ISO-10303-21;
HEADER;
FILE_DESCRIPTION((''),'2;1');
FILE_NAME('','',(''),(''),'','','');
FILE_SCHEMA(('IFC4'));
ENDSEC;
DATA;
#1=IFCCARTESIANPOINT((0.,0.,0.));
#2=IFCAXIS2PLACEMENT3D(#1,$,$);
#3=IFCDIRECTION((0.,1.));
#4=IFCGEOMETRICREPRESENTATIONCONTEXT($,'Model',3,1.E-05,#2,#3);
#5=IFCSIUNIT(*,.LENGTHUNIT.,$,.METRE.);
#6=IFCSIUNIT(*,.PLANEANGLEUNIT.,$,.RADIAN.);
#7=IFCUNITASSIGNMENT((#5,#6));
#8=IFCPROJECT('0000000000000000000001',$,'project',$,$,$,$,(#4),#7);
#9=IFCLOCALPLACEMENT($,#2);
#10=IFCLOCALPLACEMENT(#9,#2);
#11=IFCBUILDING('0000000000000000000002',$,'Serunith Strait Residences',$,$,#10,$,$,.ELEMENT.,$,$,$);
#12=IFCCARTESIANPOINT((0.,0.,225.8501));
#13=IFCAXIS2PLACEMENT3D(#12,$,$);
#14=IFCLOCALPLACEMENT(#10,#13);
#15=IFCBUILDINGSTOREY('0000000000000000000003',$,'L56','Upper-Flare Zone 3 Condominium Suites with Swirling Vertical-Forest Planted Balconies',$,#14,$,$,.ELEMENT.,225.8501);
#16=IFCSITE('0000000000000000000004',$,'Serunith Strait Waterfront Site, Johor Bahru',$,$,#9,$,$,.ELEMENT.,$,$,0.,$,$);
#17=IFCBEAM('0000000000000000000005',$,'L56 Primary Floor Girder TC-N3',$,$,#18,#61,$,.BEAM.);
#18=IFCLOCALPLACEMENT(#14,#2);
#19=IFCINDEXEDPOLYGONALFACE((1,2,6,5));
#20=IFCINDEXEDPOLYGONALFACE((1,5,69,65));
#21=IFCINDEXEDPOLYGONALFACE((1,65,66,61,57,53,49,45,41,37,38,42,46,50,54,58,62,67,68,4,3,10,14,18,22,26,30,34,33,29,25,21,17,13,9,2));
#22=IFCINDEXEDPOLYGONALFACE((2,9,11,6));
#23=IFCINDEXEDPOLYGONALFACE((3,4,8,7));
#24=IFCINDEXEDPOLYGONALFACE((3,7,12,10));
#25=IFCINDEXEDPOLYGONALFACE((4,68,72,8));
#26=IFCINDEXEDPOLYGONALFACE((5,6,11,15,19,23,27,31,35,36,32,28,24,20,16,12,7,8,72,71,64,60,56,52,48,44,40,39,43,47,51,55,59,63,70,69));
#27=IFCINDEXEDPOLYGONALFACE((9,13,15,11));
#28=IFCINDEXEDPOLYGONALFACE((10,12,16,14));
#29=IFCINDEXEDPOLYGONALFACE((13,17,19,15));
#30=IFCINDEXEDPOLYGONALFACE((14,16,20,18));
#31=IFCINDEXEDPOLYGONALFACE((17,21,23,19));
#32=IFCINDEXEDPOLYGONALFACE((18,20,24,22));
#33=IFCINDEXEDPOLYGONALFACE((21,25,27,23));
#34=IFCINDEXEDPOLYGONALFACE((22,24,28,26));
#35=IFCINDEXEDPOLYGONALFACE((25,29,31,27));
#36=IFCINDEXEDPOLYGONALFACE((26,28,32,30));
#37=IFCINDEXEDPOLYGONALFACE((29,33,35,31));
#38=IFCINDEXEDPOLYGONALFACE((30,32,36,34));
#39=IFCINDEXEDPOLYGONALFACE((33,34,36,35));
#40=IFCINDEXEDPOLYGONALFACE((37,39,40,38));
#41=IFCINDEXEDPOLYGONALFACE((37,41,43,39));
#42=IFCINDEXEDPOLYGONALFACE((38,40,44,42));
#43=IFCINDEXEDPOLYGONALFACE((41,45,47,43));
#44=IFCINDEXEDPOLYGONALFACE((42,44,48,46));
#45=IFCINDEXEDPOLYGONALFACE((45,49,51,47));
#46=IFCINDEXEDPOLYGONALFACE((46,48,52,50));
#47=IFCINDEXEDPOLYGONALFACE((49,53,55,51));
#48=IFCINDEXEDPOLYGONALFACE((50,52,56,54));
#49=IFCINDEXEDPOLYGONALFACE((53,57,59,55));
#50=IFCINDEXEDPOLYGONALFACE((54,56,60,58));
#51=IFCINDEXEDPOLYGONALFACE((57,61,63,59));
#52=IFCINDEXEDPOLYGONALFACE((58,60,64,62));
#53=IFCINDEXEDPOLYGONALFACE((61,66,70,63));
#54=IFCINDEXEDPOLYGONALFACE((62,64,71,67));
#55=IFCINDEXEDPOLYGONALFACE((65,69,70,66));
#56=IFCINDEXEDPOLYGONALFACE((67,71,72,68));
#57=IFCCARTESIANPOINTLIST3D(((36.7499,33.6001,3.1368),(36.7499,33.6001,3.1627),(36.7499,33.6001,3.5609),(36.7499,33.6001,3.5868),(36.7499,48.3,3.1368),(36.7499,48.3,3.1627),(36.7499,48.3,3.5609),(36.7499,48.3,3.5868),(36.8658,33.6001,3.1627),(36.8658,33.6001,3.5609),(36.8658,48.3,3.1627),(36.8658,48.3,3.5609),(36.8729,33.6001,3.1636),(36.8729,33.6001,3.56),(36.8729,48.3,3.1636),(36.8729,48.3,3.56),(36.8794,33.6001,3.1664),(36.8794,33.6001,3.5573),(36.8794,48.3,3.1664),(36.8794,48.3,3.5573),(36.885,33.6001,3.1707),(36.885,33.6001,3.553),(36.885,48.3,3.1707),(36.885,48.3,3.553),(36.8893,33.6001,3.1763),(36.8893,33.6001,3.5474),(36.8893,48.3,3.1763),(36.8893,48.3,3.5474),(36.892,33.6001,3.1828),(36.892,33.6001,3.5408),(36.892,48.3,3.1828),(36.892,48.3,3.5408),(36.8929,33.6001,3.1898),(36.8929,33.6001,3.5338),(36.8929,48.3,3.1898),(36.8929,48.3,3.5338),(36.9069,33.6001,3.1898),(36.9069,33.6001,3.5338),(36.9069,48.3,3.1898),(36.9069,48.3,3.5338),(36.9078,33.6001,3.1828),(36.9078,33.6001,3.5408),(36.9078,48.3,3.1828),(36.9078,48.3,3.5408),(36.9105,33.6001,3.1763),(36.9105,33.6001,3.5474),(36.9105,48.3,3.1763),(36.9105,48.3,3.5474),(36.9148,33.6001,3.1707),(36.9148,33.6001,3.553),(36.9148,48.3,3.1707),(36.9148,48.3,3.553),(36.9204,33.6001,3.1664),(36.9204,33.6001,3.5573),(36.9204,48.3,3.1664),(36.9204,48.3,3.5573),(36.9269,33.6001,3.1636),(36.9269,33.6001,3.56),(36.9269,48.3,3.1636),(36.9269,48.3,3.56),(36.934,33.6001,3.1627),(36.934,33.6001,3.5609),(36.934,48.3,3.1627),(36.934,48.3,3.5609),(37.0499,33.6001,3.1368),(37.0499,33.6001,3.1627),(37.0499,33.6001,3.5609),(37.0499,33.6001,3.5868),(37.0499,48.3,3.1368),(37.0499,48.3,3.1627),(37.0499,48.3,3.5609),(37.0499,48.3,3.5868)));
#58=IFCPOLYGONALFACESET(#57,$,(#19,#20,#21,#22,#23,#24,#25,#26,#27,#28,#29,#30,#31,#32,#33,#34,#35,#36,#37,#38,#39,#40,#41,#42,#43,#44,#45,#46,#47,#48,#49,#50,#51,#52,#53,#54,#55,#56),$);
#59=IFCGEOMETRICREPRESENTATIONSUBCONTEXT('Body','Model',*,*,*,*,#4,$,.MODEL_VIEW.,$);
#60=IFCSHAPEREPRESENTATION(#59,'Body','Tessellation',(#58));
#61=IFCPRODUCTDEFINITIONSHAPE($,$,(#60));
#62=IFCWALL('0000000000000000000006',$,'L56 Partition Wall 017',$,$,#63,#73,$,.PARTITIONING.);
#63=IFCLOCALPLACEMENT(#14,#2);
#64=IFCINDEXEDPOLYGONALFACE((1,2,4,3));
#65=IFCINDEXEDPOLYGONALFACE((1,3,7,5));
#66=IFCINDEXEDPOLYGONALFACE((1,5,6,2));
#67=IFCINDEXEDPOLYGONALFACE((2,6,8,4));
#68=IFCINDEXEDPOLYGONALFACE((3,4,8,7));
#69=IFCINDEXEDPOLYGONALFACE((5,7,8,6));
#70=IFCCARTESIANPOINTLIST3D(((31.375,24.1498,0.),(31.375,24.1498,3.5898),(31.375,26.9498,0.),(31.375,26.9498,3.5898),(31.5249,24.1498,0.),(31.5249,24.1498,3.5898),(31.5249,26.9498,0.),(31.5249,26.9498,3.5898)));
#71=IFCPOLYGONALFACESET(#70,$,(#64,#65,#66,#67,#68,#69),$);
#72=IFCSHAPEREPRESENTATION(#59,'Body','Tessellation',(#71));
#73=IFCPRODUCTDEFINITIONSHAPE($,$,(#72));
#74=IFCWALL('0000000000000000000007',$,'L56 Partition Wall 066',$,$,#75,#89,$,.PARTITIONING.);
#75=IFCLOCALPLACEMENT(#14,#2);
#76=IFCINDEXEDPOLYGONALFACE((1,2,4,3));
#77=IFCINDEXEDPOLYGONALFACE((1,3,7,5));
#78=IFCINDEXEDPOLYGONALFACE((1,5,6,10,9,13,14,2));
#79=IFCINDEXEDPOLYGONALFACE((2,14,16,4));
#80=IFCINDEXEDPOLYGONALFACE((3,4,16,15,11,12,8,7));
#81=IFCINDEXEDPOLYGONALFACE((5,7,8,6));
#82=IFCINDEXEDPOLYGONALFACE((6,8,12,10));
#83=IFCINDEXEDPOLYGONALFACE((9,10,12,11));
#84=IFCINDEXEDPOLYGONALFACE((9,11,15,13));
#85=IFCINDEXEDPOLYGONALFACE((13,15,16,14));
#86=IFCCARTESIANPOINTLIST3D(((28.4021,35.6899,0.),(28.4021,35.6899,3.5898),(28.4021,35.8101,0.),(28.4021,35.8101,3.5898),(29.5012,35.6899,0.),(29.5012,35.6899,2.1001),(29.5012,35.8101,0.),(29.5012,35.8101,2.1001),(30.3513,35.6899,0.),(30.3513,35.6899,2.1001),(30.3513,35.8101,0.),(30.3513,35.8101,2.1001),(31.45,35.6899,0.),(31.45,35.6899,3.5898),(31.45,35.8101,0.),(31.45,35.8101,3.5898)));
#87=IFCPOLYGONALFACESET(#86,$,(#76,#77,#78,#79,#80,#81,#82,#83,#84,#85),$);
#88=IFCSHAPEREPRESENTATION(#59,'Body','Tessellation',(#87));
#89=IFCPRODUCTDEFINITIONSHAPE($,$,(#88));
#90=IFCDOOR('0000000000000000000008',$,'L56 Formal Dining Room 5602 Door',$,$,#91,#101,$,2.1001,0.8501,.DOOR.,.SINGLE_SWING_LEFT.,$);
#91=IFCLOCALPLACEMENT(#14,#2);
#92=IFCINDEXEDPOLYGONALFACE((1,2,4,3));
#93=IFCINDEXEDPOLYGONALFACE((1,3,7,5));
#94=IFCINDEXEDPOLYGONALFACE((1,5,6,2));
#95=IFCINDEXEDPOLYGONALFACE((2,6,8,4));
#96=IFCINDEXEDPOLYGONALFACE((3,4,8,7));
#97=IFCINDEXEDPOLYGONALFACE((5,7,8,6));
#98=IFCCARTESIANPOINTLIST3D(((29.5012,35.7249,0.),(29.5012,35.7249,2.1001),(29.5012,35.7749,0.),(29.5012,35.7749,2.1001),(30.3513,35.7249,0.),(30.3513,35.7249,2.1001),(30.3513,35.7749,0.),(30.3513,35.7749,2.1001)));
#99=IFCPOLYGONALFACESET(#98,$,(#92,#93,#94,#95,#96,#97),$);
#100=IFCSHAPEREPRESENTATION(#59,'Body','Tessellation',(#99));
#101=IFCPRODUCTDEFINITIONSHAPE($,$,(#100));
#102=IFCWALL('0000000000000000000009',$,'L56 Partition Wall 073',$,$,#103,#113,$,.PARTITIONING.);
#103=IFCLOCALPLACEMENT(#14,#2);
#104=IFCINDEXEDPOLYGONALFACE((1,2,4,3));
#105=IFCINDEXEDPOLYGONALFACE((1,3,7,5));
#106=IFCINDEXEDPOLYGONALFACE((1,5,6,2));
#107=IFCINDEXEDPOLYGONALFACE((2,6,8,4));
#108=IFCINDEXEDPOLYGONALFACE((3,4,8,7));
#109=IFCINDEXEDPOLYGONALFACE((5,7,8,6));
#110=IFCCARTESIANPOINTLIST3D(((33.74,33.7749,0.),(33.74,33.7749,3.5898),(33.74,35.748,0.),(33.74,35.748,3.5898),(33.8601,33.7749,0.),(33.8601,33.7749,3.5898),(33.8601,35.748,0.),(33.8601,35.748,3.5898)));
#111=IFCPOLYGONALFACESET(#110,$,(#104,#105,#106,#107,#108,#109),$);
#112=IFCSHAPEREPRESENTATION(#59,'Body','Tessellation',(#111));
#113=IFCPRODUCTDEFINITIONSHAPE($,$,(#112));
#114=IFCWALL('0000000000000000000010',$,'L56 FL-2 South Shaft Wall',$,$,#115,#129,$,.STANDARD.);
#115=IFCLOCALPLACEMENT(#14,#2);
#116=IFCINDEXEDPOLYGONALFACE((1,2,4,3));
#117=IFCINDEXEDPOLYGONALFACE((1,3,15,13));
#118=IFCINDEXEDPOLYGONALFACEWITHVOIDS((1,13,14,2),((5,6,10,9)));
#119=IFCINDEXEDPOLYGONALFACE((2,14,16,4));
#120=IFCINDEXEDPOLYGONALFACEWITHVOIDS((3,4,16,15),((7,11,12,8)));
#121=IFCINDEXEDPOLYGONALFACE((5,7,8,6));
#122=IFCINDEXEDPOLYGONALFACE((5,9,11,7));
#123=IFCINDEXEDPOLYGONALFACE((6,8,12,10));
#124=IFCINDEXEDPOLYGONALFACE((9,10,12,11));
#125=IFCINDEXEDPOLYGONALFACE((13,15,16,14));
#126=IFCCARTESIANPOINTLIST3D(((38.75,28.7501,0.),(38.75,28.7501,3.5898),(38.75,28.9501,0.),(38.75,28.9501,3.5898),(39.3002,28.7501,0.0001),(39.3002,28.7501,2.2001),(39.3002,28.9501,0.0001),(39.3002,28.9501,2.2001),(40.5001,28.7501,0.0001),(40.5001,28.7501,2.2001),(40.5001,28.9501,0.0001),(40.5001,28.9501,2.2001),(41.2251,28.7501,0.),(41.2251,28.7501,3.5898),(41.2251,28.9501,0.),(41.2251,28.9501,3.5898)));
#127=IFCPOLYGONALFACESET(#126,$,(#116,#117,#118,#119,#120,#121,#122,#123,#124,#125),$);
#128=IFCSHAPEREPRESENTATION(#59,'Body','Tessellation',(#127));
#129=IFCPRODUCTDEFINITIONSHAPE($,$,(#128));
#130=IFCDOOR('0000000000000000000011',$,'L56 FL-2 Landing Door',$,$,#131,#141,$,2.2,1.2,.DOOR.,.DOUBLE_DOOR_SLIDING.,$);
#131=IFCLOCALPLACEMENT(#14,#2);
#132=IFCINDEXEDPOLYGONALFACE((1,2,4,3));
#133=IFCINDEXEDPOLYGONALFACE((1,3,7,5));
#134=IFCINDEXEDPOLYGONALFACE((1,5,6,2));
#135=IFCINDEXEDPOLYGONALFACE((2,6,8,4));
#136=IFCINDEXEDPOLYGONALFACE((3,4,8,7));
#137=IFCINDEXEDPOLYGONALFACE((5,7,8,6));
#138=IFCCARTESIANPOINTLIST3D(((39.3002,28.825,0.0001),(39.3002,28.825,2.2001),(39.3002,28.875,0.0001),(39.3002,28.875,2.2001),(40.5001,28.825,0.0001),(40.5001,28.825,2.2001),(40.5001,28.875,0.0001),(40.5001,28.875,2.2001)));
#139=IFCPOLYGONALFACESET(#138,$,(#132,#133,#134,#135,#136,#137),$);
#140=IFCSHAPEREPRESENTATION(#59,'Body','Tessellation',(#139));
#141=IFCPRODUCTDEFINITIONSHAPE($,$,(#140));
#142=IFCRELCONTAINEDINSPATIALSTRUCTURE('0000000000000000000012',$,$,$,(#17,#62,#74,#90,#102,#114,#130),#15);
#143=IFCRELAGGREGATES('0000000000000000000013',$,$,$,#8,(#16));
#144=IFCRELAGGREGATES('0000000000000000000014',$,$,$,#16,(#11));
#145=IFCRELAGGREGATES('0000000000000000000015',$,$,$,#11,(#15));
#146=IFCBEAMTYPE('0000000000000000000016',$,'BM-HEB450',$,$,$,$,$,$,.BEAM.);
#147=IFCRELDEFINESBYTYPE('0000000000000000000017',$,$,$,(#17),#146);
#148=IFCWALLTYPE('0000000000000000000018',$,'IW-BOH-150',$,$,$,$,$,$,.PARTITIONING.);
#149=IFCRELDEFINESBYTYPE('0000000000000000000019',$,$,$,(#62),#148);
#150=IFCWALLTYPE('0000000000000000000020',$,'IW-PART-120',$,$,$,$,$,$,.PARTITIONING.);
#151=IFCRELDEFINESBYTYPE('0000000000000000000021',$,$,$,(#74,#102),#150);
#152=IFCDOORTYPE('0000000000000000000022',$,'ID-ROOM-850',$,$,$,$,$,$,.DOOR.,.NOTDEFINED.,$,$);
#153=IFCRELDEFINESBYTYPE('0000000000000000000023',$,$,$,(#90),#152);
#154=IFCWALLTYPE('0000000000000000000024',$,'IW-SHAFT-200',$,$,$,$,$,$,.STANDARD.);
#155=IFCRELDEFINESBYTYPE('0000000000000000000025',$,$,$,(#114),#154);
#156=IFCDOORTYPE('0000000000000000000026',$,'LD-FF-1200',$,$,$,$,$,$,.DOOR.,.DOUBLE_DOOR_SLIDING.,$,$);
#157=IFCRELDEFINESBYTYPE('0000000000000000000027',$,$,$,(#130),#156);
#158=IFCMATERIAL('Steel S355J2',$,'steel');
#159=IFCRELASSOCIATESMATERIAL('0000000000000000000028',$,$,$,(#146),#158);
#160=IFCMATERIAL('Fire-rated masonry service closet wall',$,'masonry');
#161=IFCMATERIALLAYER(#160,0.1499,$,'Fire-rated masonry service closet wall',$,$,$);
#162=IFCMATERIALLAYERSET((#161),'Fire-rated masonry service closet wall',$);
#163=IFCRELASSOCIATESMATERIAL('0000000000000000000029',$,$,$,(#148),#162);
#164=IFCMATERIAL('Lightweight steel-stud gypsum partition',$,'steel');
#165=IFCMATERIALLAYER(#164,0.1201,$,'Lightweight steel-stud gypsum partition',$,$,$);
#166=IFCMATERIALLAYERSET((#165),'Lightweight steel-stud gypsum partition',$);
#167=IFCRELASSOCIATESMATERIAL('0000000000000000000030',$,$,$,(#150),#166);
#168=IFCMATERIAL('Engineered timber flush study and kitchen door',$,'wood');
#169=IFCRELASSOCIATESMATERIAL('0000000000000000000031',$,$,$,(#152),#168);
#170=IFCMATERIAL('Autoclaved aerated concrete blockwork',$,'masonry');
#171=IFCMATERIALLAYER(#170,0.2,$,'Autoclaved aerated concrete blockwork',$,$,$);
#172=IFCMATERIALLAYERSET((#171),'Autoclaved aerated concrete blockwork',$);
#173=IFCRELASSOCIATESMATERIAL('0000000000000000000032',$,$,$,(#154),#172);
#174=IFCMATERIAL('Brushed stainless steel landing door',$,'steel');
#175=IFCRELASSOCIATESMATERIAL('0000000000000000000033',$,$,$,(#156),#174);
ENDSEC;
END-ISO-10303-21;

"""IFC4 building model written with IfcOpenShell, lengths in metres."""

from ifc_helpers import new_model, si_unit, direction, frame, frame_2d, origin, origin_2d, place, context, subcontext, project, spatial, rectangle, i_section, extrude, source, transform, mapped, material, layer, layer_set, material_profile, profile_set, type_object, element, fill, save


model = new_model("IFC4")

# Units and contexts
model_context = context("Model", 3, precision=1e-05, world=origin(), true_north=direction((0.0, 1.0)))
body_context = subcontext(model_context, "Body", "Model", "MODEL_VIEW")
ifc_project = project(units=[si_unit("LENGTHUNIT", "METRE"), si_unit("PLANEANGLEUNIT", "RADIAN")], contexts=[model_context])

# Site, building, storey
site_placement = place(None, origin())
site = spatial("IfcSite", under=ifc_project, at=site_placement, Name="Serunith Strait Waterfront Site, Johor Bahru", CompositionType="ELEMENT", RefElevation=0.0)
building_placement = place(site_placement, origin())
building = spatial("IfcBuilding", under=site, at=building_placement, Name="Serunith Strait Residences", CompositionType="ELEMENT")
storey_placement = place(building_placement, frame((0.0, 0.0, 225.8501)))
storey = spatial("IfcBuildingStorey", under=building, at=storey_placement, Name="L56", Description="Upper-Flare Zone 3 Condominium Suites with Swirling Vertical-Forest Planted Balconies", CompositionType="ELEMENT", Elevation=225.8501)

# Beam
ifc_material_1 = material(Name="Steel S355J2", Category="steel")
ifc_material_profile = material_profile(ifc_material_1, i_section(OverallWidth=0.3, OverallDepth=0.45, WebThickness=0.0139, FlangeThickness=0.0259, FilletRadius=0.0271, at=origin_2d()), Name="HEB 450")
ifc_profile_set = profile_set([ifc_material_profile], Name="Steel S355J2")
beam_type = type_object("IfcBeamType", Name="BM-HEB450", PredefinedType="BEAM", material=ifc_profile_set)
shared_shape_1 = source(origin(), body_context, "Body", "SweptSolid", [
    extrude(i_section(OverallWidth=0.3, OverallDepth=0.45, WebThickness=0.0139, FlangeThickness=0.0259, FilletRadius=0.0271, at=origin_2d()), origin(), (0.0, 0.0, 1.0), 14.7),
])
beam_placement = place(storey_placement, frame((36.8999, 33.6001, 3.3618), z_axis=(0.0, 1.0, 0.0), x_axis=(-1.0, 0.0, 0.0)))
element("IfcBeam", 1, at=beam_placement, inside=storey, type_object=beam_type, Name="L56 Primary Floor Girder TC-N3", PredefinedType="BEAM", context=body_context, shape_type="MappedRepresentation", body=[
    mapped(shared_shape_1, transform((0.0, 0.0, 0.0), scale=1.0)),
])

# Wall
ifc_material_2 = material(Name="Fire-rated masonry service closet wall", Category="masonry")
ifc_layer_1 = layer(ifc_material_2, 0.1499, Name="Fire-rated masonry service closet wall")
ifc_layer_set_1 = layer_set([ifc_layer_1], Name="Fire-rated masonry service closet wall")
wall_type_1 = type_object("IfcWallType", Name="IW-BOH-150", PredefinedType="PARTITIONING", material=ifc_layer_set_1)
wall_1_placement = place(storey_placement, frame((31.45, 24.1499, 0.0), z_axis=(0.0, 0.0, 1.0), x_axis=(0.0, 1.0, 0.0)))
element("IfcWall", 2, at=wall_1_placement, inside=storey, type_object=wall_type_1, Name="L56 Partition Wall 017", PredefinedType="PARTITIONING", context=body_context, shape_type="SweptSolid", body=[
    extrude(rectangle(XDim=2.8, YDim=0.1499, at=frame_2d((1.3999, 0.0))), origin(), (0.0, 0.0, 1.0), 3.5898),
])

# Wall, opening, door
ifc_material_3 = material(Name="Lightweight steel-stud gypsum partition", Category="steel")
ifc_layer_2 = layer(ifc_material_3, 0.1201, Name="Lightweight steel-stud gypsum partition")
ifc_layer_set_2 = layer_set([ifc_layer_2], Name="Lightweight steel-stud gypsum partition")
wall_type_2 = type_object("IfcWallType", Name="IW-PART-120", PredefinedType="PARTITIONING", material=ifc_layer_set_2)
wall_2_placement = place(storey_placement, frame((28.4021, 35.75, 0.0), z_axis=(0.0, 0.0, 1.0), x_axis=(1.0, 0.0, 0.0)))
wall_2 = element("IfcWall", 3, at=wall_2_placement, inside=storey, type_object=wall_type_2, Name="L56 Partition Wall 066", PredefinedType="PARTITIONING", context=body_context, shape_type="SweptSolid", body=[
    extrude(rectangle(XDim=3.0479, YDim=0.1201, at=frame_2d((1.5239, 0.0))), origin(), (0.0, 0.0, 1.0), 3.5898),
])
opening_1_placement = place(wall_2_placement, frame((1.0991, 0.0, 0.0)))
opening_1 = element("IfcOpeningElement", 4, at=opening_1_placement, cuts=wall_2, PredefinedType="OPENING", context=body_context, shape_type="SweptSolid", body=[
    extrude(rectangle(XDim=0.8501, YDim=2.1001, at=frame_2d((0.425, 1.05))), frame((0.0, 0.0701, 0.0), z_axis=(0.0, -1.0, 0.0), x_axis=(1.0, 0.0, 0.0)), (0.0, 0.0, 1.0), 0.1401),
])
ifc_material_4 = material(Name="Engineered timber flush study and kitchen door", Category="wood")
door_type_1 = type_object("IfcDoorType", Name="ID-ROOM-850", OperationType="NOTDEFINED", PredefinedType="DOOR", material=ifc_material_4)
shared_shape_2 = source(origin(), body_context, "Body", "SweptSolid", [
    extrude(rectangle(XDim=0.8501, YDim=2.1001, at=frame_2d((0.425, 1.05))), frame((0.0, 0.0249, 0.0), z_axis=(0.0, -1.0, 0.0), x_axis=(1.0, 0.0, 0.0)), (0.0, 0.0, 1.0), 0.05),
])
door_1_placement = place(opening_1_placement, origin())
door_1 = element("IfcDoor", 5, at=door_1_placement, inside=storey, type_object=door_type_1, Name="L56 Formal Dining Room 5602 Door", OperationType="SINGLE_SWING_LEFT", OverallHeight=2.1001, OverallWidth=0.8501, PredefinedType="DOOR", context=body_context, shape_type="MappedRepresentation", body=[
    mapped(shared_shape_2, transform((0.0, 0.0, 0.0), scale=1.0)),
])
fill(opening_1, door_1)

# Wall
wall_3_placement = place(storey_placement, frame((33.8, 35.748, 0.0), z_axis=(0.0, 0.0, 1.0), x_axis=(0.0, -1.0, 0.0)))
element("IfcWall", 6, at=wall_3_placement, inside=storey, type_object=wall_type_2, Name="L56 Partition Wall 073", PredefinedType="PARTITIONING", context=body_context, shape_type="SweptSolid", body=[
    extrude(rectangle(XDim=1.9731, YDim=0.1201, at=frame_2d((0.9866, 0.0))), origin(), (0.0, 0.0, 1.0), 3.5898),
])

# Wall, opening, door
ifc_material_5 = material(Name="Autoclaved aerated concrete blockwork", Category="masonry")
ifc_layer_3 = layer(ifc_material_5, 0.2, Name="Autoclaved aerated concrete blockwork")
ifc_layer_set_3 = layer_set([ifc_layer_3], Name="Autoclaved aerated concrete blockwork")
wall_type_3 = type_object("IfcWallType", Name="IW-SHAFT-200", PredefinedType="STANDARD", material=ifc_layer_set_3)
wall_4_placement = place(storey_placement, frame((38.75, 28.8501, 0.0), z_axis=(0.0, 0.0, 1.0), x_axis=(1.0, 0.0, 0.0)))
wall_4 = element("IfcWall", 7, at=wall_4_placement, inside=storey, type_object=wall_type_3, Name="L56 FL-2 South Shaft Wall", PredefinedType="STANDARD", context=body_context, shape_type="SweptSolid", body=[
    extrude(rectangle(XDim=2.4751, YDim=0.2, at=frame_2d((1.2375, 0.0))), origin(), (0.0, 0.0, 1.0), 3.5898),
])
opening_2_placement = place(wall_4_placement, frame((0.55, 0.0, 0.0)))
opening_2 = element("IfcOpeningElement", 8, at=opening_2_placement, cuts=wall_4, PredefinedType="OPENING", context=body_context, shape_type="SweptSolid", body=[
    extrude(rectangle(XDim=1.2, YDim=2.2, at=frame_2d((0.6001, 1.1001))), frame((0.0, 0.1099, 0.0), z_axis=(0.0, -1.0, 0.0), x_axis=(1.0, 0.0, 0.0)), (0.0, 0.0, 1.0), 0.22),
])
ifc_material_6 = material(Name="Brushed stainless steel landing door", Category="steel")
door_type_2 = type_object("IfcDoorType", Name="LD-FF-1200", OperationType="DOUBLE_DOOR_SLIDING", PredefinedType="DOOR", material=ifc_material_6)
shared_shape_3 = source(origin(), body_context, "Body", "SweptSolid", [
    extrude(rectangle(XDim=1.2, YDim=2.2, at=frame_2d((0.6001, 1.1001))), frame((0.0, 0.0249, 0.0), z_axis=(0.0, -1.0, 0.0), x_axis=(1.0, 0.0, 0.0)), (0.0, 0.0, 1.0), 0.05),
])
door_2_placement = place(opening_2_placement, origin())
door_2 = element("IfcDoor", 9, at=door_2_placement, inside=storey, type_object=door_type_2, Name="L56 FL-2 Landing Door", OperationType="DOUBLE_DOOR_SLIDING", OverallHeight=2.2, OverallWidth=1.2, PredefinedType="DOOR", context=body_context, shape_type="MappedRepresentation", body=[
    mapped(shared_shape_3, transform((0.0, 0.0, 0.0), scale=1.0)),
])
fill(opening_2, door_2)

save(model, "model.ifc")
